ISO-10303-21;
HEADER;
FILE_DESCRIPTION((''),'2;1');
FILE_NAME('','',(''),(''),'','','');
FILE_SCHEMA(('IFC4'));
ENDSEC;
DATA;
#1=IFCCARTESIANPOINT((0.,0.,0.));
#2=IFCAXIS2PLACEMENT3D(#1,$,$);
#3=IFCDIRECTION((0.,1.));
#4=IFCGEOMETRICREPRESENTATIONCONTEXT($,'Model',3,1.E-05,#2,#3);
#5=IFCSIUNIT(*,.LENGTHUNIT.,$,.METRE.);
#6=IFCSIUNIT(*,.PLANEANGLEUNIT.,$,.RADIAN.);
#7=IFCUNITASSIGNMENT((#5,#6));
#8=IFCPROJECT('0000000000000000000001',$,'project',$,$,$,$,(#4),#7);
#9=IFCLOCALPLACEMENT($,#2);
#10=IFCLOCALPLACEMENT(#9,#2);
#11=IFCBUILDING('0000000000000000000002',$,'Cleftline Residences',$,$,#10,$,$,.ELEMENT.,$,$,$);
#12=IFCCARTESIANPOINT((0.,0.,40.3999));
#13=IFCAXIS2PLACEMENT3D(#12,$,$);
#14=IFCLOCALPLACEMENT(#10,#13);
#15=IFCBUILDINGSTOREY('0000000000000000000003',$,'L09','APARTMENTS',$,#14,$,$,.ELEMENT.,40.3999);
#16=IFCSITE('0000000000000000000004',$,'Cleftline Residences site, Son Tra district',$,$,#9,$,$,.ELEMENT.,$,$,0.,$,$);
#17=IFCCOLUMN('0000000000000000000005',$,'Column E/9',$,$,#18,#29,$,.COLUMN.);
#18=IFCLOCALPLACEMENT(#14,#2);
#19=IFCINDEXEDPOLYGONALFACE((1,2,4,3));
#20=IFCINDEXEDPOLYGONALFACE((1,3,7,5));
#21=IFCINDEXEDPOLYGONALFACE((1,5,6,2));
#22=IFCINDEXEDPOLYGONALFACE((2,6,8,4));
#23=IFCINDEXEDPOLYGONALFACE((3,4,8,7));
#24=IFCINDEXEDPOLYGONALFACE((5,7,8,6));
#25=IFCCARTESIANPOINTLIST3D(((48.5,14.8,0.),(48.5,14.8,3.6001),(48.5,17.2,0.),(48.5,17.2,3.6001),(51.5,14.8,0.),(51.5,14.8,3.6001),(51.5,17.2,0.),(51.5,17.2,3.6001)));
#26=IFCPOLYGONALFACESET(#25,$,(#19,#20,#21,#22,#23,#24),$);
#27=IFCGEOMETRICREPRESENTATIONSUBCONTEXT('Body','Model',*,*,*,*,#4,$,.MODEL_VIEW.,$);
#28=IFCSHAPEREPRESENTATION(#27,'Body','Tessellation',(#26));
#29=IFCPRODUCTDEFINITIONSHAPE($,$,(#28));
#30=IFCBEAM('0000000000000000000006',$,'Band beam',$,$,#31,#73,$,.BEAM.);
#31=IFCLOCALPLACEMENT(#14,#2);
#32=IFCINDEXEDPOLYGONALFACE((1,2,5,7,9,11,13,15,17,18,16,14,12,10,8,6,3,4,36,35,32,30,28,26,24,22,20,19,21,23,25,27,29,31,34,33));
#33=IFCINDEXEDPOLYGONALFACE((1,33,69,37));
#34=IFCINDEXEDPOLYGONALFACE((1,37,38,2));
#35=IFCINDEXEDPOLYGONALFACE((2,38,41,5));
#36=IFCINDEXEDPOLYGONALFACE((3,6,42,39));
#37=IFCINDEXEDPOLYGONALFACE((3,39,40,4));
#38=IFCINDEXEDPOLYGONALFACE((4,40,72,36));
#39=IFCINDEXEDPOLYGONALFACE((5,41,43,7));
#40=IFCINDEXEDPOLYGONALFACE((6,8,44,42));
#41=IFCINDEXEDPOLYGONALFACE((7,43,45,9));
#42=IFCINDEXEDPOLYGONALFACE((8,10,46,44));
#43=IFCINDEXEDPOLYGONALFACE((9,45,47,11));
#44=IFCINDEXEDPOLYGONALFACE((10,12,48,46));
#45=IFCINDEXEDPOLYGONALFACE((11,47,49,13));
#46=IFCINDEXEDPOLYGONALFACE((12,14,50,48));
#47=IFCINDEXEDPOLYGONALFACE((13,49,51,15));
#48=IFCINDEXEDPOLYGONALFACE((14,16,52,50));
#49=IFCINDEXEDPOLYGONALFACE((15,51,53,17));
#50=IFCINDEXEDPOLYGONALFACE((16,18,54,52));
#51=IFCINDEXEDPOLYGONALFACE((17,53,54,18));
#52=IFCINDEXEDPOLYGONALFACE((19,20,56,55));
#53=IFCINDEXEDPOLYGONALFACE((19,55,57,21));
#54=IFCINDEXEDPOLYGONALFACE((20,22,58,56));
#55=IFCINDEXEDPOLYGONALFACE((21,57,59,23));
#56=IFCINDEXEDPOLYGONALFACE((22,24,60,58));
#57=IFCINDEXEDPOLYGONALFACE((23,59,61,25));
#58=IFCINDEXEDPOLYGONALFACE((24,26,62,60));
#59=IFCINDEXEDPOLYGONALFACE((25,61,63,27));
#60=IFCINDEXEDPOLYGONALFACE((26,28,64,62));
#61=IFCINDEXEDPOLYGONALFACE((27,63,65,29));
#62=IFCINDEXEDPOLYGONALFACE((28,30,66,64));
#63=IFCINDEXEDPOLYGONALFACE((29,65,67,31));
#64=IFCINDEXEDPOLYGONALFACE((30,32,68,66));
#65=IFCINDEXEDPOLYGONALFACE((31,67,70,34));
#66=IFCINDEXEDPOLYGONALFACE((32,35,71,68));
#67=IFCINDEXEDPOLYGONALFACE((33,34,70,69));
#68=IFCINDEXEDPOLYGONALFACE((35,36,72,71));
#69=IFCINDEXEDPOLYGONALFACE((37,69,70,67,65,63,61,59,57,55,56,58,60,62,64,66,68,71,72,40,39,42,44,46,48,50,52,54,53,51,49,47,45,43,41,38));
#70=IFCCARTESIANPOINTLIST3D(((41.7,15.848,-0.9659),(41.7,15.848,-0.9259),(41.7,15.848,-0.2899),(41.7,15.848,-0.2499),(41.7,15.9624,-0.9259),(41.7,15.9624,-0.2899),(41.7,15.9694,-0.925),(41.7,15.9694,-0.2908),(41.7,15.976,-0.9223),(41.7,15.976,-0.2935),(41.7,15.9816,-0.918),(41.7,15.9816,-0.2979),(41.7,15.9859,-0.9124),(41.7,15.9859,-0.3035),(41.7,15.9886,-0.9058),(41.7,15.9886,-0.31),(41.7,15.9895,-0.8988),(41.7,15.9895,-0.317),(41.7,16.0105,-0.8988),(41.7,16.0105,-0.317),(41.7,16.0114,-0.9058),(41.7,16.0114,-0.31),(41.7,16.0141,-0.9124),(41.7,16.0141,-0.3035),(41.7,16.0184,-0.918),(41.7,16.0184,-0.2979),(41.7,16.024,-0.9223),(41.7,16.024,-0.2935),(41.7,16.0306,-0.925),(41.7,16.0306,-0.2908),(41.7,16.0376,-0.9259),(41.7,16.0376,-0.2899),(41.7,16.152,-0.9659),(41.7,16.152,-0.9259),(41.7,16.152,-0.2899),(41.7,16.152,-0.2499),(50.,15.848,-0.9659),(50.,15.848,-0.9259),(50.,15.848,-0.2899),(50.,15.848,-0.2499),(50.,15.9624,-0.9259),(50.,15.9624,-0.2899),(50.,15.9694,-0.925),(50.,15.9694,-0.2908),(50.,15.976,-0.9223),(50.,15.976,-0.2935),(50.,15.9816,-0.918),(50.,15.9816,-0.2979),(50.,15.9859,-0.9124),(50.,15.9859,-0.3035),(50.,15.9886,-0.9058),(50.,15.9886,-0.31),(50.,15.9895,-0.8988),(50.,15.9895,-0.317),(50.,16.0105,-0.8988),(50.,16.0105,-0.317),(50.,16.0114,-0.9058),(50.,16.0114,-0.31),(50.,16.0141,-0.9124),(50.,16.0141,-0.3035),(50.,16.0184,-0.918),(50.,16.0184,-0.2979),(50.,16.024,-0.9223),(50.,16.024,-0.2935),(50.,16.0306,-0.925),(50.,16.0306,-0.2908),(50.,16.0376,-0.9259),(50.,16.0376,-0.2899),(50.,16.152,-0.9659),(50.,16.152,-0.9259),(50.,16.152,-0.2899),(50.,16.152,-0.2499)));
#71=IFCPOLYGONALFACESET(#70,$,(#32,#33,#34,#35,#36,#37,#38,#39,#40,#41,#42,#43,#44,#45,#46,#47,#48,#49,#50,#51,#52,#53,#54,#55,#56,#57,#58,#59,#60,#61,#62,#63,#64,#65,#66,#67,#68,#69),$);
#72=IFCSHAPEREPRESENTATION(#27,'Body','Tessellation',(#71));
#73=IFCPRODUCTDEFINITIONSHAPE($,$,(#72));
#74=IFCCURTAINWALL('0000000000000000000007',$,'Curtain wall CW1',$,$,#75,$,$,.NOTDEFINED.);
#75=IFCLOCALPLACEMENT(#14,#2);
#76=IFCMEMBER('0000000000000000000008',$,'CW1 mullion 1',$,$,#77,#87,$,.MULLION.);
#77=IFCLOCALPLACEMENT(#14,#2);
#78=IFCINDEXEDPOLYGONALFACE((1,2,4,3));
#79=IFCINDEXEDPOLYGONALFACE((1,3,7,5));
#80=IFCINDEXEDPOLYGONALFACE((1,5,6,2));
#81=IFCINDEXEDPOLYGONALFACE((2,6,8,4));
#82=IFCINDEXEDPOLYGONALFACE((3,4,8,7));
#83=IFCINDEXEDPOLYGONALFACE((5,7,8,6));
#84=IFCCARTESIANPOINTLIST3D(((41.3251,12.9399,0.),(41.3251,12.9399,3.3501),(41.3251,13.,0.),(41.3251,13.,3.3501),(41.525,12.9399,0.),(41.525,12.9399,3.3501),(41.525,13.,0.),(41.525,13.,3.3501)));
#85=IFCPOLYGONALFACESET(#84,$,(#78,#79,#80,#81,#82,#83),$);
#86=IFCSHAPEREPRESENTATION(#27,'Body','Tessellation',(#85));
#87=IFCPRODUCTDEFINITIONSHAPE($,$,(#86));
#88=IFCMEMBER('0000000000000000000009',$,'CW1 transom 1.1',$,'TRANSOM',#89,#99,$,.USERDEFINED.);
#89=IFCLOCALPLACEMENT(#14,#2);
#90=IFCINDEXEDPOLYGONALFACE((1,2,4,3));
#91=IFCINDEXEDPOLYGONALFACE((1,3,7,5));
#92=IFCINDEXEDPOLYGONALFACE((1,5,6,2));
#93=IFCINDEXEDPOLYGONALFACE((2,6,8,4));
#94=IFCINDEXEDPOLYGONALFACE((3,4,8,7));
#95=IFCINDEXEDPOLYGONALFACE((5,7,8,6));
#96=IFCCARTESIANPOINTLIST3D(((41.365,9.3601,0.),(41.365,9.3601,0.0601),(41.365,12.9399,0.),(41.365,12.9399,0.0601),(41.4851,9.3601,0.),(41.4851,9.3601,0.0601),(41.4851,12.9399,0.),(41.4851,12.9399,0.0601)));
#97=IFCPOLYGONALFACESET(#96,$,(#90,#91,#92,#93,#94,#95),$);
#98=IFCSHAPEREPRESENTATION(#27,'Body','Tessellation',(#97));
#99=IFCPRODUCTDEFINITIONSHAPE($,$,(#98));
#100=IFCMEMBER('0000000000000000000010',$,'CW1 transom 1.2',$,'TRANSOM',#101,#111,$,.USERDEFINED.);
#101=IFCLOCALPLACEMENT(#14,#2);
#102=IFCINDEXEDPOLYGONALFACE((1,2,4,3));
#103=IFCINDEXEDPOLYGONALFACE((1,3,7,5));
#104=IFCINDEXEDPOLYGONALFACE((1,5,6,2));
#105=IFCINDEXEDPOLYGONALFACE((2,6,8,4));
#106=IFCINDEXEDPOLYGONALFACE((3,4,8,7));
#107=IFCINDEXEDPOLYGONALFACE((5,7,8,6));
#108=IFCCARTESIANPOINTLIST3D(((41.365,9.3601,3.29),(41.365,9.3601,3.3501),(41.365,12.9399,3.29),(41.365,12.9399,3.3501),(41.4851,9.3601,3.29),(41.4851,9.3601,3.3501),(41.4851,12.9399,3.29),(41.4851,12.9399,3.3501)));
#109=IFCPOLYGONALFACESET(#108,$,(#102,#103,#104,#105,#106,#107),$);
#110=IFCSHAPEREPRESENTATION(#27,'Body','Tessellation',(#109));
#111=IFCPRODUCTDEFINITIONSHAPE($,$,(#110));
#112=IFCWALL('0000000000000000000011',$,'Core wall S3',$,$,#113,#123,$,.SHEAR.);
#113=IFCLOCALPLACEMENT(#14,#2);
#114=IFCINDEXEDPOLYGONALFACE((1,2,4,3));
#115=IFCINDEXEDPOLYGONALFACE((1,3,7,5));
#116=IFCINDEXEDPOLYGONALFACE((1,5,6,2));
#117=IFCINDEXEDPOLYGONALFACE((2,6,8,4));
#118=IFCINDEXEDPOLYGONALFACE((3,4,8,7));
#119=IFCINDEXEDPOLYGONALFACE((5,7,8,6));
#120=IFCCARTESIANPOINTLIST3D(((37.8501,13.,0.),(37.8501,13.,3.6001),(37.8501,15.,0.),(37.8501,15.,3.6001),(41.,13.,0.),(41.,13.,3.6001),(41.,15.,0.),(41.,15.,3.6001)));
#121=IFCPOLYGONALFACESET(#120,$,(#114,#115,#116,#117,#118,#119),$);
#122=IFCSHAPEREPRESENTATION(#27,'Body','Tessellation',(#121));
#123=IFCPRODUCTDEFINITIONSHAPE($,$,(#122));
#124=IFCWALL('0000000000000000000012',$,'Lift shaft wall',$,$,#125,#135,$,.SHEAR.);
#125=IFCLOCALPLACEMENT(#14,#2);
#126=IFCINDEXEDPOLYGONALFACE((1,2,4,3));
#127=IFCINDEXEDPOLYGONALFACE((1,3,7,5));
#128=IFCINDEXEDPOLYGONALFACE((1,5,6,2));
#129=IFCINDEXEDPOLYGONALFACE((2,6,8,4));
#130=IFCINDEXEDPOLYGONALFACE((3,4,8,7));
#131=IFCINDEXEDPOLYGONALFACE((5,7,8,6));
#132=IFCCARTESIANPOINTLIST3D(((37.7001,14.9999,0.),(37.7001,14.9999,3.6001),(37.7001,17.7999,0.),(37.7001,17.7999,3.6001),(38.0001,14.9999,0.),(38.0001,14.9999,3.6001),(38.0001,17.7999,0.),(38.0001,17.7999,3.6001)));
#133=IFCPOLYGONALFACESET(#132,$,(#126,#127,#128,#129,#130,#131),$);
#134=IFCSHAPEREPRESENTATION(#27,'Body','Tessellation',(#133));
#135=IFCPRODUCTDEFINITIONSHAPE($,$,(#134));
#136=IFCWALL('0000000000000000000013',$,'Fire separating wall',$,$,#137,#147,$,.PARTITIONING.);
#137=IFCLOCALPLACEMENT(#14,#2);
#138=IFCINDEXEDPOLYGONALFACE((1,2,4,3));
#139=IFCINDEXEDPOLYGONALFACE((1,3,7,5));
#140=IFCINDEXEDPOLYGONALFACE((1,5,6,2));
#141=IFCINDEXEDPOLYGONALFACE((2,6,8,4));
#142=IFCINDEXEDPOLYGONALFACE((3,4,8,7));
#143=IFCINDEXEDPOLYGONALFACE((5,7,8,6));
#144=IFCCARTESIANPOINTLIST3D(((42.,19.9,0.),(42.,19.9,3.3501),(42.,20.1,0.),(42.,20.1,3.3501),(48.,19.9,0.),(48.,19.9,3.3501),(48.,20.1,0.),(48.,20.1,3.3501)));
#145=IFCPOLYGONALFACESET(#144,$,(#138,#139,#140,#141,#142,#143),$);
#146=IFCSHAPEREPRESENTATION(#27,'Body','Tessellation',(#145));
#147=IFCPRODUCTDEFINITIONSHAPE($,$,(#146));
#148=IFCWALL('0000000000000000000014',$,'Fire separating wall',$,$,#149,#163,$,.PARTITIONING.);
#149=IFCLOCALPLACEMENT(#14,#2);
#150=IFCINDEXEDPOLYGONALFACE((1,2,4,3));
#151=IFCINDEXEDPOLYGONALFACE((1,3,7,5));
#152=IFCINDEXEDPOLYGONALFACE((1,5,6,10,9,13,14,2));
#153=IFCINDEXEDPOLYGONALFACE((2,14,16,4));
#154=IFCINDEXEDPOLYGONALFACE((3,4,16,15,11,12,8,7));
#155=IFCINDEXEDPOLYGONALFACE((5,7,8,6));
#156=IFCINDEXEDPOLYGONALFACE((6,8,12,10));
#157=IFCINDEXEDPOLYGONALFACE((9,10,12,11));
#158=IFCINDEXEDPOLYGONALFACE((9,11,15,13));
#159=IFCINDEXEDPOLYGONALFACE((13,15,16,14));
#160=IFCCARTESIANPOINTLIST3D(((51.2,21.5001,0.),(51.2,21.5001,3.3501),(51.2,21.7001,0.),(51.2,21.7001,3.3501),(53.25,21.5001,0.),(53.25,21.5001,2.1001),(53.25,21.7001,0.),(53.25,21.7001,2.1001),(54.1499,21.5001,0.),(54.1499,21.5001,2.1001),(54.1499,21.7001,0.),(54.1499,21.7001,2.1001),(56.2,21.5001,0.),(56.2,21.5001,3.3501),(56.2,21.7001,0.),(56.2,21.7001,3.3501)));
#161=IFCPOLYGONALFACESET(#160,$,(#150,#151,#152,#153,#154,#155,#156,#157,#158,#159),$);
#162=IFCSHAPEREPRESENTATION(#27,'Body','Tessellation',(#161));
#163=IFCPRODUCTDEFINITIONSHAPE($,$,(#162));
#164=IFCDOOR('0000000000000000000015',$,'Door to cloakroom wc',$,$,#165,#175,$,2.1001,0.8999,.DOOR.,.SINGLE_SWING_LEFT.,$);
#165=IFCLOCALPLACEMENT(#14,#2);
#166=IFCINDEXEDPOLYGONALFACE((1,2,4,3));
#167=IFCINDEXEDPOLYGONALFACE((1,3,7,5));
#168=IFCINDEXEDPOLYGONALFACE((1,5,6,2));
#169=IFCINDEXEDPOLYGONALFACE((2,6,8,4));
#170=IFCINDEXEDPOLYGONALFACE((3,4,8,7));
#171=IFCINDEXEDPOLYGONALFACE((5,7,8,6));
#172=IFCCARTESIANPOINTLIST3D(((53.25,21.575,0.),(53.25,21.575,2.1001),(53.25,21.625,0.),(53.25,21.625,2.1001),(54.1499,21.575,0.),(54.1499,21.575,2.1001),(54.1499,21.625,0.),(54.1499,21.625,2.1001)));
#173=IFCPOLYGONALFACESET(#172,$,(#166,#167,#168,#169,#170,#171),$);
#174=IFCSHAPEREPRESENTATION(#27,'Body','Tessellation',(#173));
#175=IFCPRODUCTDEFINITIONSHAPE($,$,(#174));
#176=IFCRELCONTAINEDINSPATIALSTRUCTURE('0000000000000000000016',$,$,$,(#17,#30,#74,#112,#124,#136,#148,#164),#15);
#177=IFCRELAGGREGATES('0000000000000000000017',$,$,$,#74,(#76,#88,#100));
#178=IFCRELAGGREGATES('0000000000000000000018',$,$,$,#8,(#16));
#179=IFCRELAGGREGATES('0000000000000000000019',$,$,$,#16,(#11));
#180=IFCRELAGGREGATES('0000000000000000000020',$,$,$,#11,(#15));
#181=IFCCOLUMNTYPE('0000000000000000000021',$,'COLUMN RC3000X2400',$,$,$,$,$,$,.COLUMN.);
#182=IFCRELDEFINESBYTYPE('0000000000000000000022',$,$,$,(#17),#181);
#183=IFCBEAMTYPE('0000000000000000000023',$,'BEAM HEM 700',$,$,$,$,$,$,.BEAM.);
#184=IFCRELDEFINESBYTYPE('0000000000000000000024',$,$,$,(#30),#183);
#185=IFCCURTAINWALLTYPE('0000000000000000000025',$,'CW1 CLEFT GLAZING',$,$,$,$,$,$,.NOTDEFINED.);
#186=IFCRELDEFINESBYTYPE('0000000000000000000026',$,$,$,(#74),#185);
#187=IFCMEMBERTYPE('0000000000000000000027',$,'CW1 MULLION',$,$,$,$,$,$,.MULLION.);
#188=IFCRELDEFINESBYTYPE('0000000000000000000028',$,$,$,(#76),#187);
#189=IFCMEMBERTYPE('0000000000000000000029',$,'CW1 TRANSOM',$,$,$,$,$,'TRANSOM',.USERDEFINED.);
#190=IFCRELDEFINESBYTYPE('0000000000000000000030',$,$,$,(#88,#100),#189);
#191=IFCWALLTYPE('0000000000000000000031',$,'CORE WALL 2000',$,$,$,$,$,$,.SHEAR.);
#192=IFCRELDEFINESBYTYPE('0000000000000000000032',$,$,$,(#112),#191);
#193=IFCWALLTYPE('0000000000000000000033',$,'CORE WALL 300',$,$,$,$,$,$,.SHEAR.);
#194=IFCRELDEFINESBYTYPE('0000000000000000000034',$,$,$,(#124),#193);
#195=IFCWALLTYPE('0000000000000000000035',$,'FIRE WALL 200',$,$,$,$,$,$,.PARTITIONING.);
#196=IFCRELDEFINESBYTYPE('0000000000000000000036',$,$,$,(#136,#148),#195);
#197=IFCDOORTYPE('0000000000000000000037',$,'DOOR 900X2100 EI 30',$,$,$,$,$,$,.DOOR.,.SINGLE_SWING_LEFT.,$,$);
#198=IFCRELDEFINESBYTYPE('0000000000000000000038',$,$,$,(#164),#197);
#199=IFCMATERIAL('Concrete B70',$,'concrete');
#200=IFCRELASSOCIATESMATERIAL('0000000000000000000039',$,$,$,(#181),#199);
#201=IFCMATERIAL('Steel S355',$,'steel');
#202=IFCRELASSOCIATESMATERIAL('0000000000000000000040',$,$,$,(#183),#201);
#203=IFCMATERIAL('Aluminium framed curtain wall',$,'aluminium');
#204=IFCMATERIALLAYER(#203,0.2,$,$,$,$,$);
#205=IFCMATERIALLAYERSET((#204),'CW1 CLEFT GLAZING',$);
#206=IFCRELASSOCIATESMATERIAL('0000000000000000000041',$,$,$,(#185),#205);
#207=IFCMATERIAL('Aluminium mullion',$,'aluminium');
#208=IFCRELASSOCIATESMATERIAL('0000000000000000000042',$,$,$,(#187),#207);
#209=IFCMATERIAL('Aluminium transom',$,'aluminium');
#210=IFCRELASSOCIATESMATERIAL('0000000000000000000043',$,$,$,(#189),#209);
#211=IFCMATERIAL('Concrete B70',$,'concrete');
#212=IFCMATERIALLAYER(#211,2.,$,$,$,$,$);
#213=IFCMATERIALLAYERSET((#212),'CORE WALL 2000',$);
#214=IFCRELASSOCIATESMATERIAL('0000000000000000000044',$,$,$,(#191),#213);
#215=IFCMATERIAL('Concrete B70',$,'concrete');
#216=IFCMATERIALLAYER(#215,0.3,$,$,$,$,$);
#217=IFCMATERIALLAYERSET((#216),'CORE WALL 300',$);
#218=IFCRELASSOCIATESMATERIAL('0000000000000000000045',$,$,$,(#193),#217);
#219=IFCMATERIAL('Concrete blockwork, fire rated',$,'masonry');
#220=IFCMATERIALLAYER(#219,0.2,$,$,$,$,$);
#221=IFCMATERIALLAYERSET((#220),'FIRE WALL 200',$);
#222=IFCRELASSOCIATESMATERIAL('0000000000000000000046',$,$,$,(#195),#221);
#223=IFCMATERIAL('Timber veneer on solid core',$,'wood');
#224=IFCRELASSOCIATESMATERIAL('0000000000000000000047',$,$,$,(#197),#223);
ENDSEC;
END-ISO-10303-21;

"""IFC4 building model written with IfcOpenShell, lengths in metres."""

from ifc_helpers import new_model, si_unit, direction, frame, frame_2d, origin, origin_2d, place, context, subcontext, project, spatial, rectangle, i_section, extrude, material, layer, layer_set, material_profile, profile_set, type_object, element, fill, aggregate, save


model = new_model("IFC4")

# Units and contexts
model_context = context("Model", 3, precision=1e-05, world=origin(), true_north=direction((0.0, 1.0)))
body_context = subcontext(model_context, "Body", "Model", "MODEL_VIEW")
ifc_project = project(units=[si_unit("LENGTHUNIT", "METRE"), si_unit("PLANEANGLEUNIT", "RADIAN")], contexts=[model_context])

# Site, building, storey
site_placement = place(None, origin())
site = spatial("IfcSite", under=ifc_project, at=site_placement, Name="Cleftline Residences site, Son Tra district", CompositionType="ELEMENT", RefElevation=0.0)
building_placement = place(site_placement, origin())
building = spatial("IfcBuilding", under=site, at=building_placement, Name="Cleftline Residences", CompositionType="ELEMENT")
storey_placement = place(building_placement, frame((0.0, 0.0, 40.3999)))
storey = spatial("IfcBuildingStorey", under=building, at=storey_placement, Name="L09", Description="APARTMENTS", CompositionType="ELEMENT", Elevation=40.3999)

# Column
ifc_material_1 = material(Name="Concrete B70", Category="concrete")
ifc_material_profile_1 = material_profile(ifc_material_1, rectangle(XDim=3.0, YDim=2.3999, at=origin_2d()))
ifc_profile_set_1 = profile_set([ifc_material_profile_1], Name="Concrete B70")
column_type = type_object("IfcColumnType", Name="COLUMN RC3000X2400", PredefinedType="COLUMN", material=ifc_profile_set_1)
column_placement = place(storey_placement, frame((50.0, 16.0, 0.0), z_axis=(0.0, 0.0, 1.0), x_axis=(1.0, 0.0, 0.0)))
element("IfcColumn", 1, at=column_placement, inside=storey, type_object=column_type, Name="Column E/9", PredefinedType="COLUMN", context=body_context, shape_type="SweptSolid", body=[
    extrude(rectangle(XDim=3.0, YDim=2.3999, at=origin_2d()), origin(), (0.0, 0.0, 1.0), 3.6001),
])

# Beam
ifc_material_2 = material(Name="Steel S355", Category="steel")
ifc_material_profile_2 = material_profile(ifc_material_2, i_section(OverallWidth=0.304, OverallDepth=0.7161, WebThickness=0.021, FlangeThickness=0.04, FilletRadius=0.0271, at=origin_2d()))
ifc_profile_set_2 = profile_set([ifc_material_profile_2], Name="Steel S355")
beam_type = type_object("IfcBeamType", Name="BEAM HEM 700", PredefinedType="BEAM", material=ifc_profile_set_2)
beam_placement = place(storey_placement, frame((50.0, 16.0, -0.6079), z_axis=(-1.0, 0.0, 0.0), x_axis=(0.0, -1.0, 0.0)))
element("IfcBeam", 2, at=beam_placement, inside=storey, type_object=beam_type, Name="Band beam", PredefinedType="BEAM", context=body_context, shape_type="SweptSolid", body=[
    extrude(i_section(OverallWidth=0.304, OverallDepth=0.7161, WebThickness=0.021, FlangeThickness=0.04, FilletRadius=0.0271, at=origin_2d()), origin(), (0.0, 0.0, 1.0), 8.3),
])

# Curtain wall, members
ifc_material_3 = material(Name="Aluminium framed curtain wall", Category="aluminium")
ifc_layer_1 = layer(ifc_material_3, 0.2)
ifc_layer_set_1 = layer_set([ifc_layer_1], Name="CW1 CLEFT GLAZING")
curtain_wall_type = type_object("IfcCurtainWallType", Name="CW1 CLEFT GLAZING", PredefinedType="NOTDEFINED", material=ifc_layer_set_1)
curtain_wall_placement = place(storey_placement, origin())
curtain_wall = element("IfcCurtainWall", 3, at=curtain_wall_placement, inside=storey, type_object=curtain_wall_type, Name="Curtain wall CW1", PredefinedType="NOTDEFINED")
ifc_material_4 = material(Name="Aluminium mullion", Category="aluminium")
ifc_material_profile_3 = material_profile(ifc_material_4, rectangle(XDim=0.2, YDim=0.0601, at=origin_2d()))
ifc_profile_set_3 = profile_set([ifc_material_profile_3], Name="Aluminium mullion")
member_type_1 = type_object("IfcMemberType", Name="CW1 MULLION", PredefinedType="MULLION", material=ifc_profile_set_3)
member_1_placement = place(storey_placement, frame((41.425, 12.97, 0.0), z_axis=(0.0, 0.0, 1.0), x_axis=(1.0, 0.0, 0.0)))
member_1 = element("IfcMember", 4, at=member_1_placement, type_object=member_type_1, Name="CW1 mullion 1", PredefinedType="MULLION", context=body_context, shape_type="SweptSolid", body=[
    extrude(rectangle(XDim=0.2, YDim=0.0601, at=origin_2d()), origin(), (0.0, 0.0, 1.0), 3.3501),
])
ifc_material_5 = material(Name="Aluminium transom", Category="aluminium")
ifc_material_profile_4 = material_profile(ifc_material_5, rectangle(XDim=0.1201, YDim=0.0601, at=origin_2d()))
ifc_profile_set_4 = profile_set([ifc_material_profile_4], Name="Aluminium transom")
member_type_2 = type_object("IfcMemberType", Name="CW1 TRANSOM", ElementType="TRANSOM", PredefinedType="USERDEFINED", material=ifc_profile_set_4)
member_2_placement = place(storey_placement, frame((41.425, 12.9399, 0.03), z_axis=(0.0, -1.0, 0.0), x_axis=(1.0, 0.0, 0.0)))
member_2 = element("IfcMember", 5, at=member_2_placement, type_object=member_type_2, Name="CW1 transom 1.1", ObjectType="TRANSOM", PredefinedType="USERDEFINED", context=body_context, shape_type="SweptSolid", body=[
    extrude(rectangle(XDim=0.1201, YDim=0.0601, at=origin_2d()), origin(), (0.0, 0.0, 1.0), 3.5798),
])
member_3_placement = place(storey_placement, frame((41.425, 12.9399, 3.3201), z_axis=(0.0, -1.0, 0.0), x_axis=(1.0, 0.0, 0.0)))
member_3 = element("IfcMember", 6, at=member_3_placement, type_object=member_type_2, Name="CW1 transom 1.2", ObjectType="TRANSOM", PredefinedType="USERDEFINED", context=body_context, shape_type="SweptSolid", body=[
    extrude(rectangle(XDim=0.1201, YDim=0.0601, at=origin_2d()), origin(), (0.0, 0.0, 1.0), 3.5798),
])
aggregate(curtain_wall, [member_1, member_2, member_3])

# Walls
ifc_material_6 = material(Name="Concrete B70", Category="concrete")
ifc_layer_2 = layer(ifc_material_6, 2.0)
ifc_layer_set_2 = layer_set([ifc_layer_2], Name="CORE WALL 2000")
wall_type_1 = type_object("IfcWallType", Name="CORE WALL 2000", PredefinedType="SHEAR", material=ifc_layer_set_2)
wall_1_placement = place(storey_placement, frame((37.8501, 14.0, 0.0), z_axis=(0.0, 0.0, 1.0), x_axis=(1.0, 0.0, 0.0)))
element("IfcWall", 7, at=wall_1_placement, inside=storey, type_object=wall_type_1, Name="Core wall S3", PredefinedType="SHEAR", context=body_context, shape_type="SweptSolid", body=[
    extrude(rectangle(XDim=3.1499, YDim=2.0, at=frame_2d((1.575, 0.0))), origin(), (0.0, 0.0, 1.0), 3.6001),
])
ifc_material_7 = material(Name="Concrete B70", Category="concrete")
ifc_layer_3 = layer(ifc_material_7, 0.3)
ifc_layer_set_3 = layer_set([ifc_layer_3], Name="CORE WALL 300")
wall_type_2 = type_object("IfcWallType", Name="CORE WALL 300", PredefinedType="SHEAR", material=ifc_layer_set_3)
wall_2_placement = place(storey_placement, frame((37.8501, 15.0, 0.0), z_axis=(0.0, 0.0, 1.0), x_axis=(0.0, 1.0, 0.0)))
element("IfcWall", 8, at=wall_2_placement, inside=storey, type_object=wall_type_2, Name="Lift shaft wall", PredefinedType="SHEAR", context=body_context, shape_type="SweptSolid", body=[
    extrude(rectangle(XDim=2.8, YDim=0.3, at=frame_2d((1.3999, 0.0))), origin(), (0.0, 0.0, 1.0), 3.6001),
])
ifc_material_8 = material(Name="Concrete blockwork, fire rated", Category="masonry")
ifc_layer_4 = layer(ifc_material_8, 0.2)
ifc_layer_set_4 = layer_set([ifc_layer_4], Name="FIRE WALL 200")
wall_type_3 = type_object("IfcWallType", Name="FIRE WALL 200", PredefinedType="PARTITIONING", material=ifc_layer_set_4)
wall_3_placement = place(storey_placement, frame((42.0, 20.0, 0.0), z_axis=(0.0, 0.0, 1.0), x_axis=(1.0, 0.0, 0.0)))
element("IfcWall", 9, at=wall_3_placement, inside=storey, type_object=wall_type_3, Name="Fire separating wall", PredefinedType="PARTITIONING", context=body_context, shape_type="SweptSolid", body=[
    extrude(rectangle(XDim=6.0, YDim=0.2, at=frame_2d((3.0, 0.0))), origin(), (0.0, 0.0, 1.0), 3.3501),
])

# Wall, opening, door
wall_4_placement = place(storey_placement, frame((51.2, 21.6001, 0.0), z_axis=(0.0, 0.0, 1.0), x_axis=(1.0, 0.0, 0.0)))
wall_4 = element("IfcWall", 10, at=wall_4_placement, inside=storey, type_object=wall_type_3, Name="Fire separating wall", PredefinedType="PARTITIONING", context=body_context, shape_type="SweptSolid", body=[
    extrude(rectangle(XDim=5.0, YDim=0.2, at=frame_2d((2.5, 0.0))), origin(), (0.0, 0.0, 1.0), 3.3501),
])
opening_1_placement = place(wall_4_placement, frame((2.05, 0.0, 0.0)))
opening_1 = element("IfcOpeningElement", 11, at=opening_1_placement, cuts=wall_4, PredefinedType="OPENING", context=body_context, shape_type="SweptSolid", body=[
    extrude(rectangle(XDim=0.8999, YDim=2.1001, at=frame_2d((0.45, 1.05))), frame((0.0, 0.1099, 0.0), z_axis=(0.0, -1.0, 0.0), x_axis=(1.0, 0.0, 0.0)), (0.0, 0.0, 1.0), 0.22),
])
ifc_material_9 = material(Name="Timber veneer on solid core", Category="wood")
door_type_1 = type_object("IfcDoorType", Name="DOOR 900X2100 EI 30", OperationType="SINGLE_SWING_LEFT", PredefinedType="DOOR", material=ifc_material_9)
door_1_placement = place(opening_1_placement, origin())
door_1 = element("IfcDoor", 12, at=door_1_placement, inside=storey, type_object=door_type_1, Name="Door to cloakroom wc", OperationType="SINGLE_SWING_LEFT", OverallHeight=2.1001, OverallWidth=0.8999, PredefinedType="DOOR", context=body_context, shape_type="SweptSolid", body=[
    extrude(rectangle(XDim=0.8999, YDim=2.1001, at=frame_2d((0.45, 1.05))), frame((0.0, 0.0249, 0.0), z_axis=(0.0, -1.0, 0.0), x_axis=(1.0, 0.0, 0.0)), (0.0, 0.0, 1.0), 0.05),
])
fill(opening_1, door_1)

save(model, "model.ifc")
